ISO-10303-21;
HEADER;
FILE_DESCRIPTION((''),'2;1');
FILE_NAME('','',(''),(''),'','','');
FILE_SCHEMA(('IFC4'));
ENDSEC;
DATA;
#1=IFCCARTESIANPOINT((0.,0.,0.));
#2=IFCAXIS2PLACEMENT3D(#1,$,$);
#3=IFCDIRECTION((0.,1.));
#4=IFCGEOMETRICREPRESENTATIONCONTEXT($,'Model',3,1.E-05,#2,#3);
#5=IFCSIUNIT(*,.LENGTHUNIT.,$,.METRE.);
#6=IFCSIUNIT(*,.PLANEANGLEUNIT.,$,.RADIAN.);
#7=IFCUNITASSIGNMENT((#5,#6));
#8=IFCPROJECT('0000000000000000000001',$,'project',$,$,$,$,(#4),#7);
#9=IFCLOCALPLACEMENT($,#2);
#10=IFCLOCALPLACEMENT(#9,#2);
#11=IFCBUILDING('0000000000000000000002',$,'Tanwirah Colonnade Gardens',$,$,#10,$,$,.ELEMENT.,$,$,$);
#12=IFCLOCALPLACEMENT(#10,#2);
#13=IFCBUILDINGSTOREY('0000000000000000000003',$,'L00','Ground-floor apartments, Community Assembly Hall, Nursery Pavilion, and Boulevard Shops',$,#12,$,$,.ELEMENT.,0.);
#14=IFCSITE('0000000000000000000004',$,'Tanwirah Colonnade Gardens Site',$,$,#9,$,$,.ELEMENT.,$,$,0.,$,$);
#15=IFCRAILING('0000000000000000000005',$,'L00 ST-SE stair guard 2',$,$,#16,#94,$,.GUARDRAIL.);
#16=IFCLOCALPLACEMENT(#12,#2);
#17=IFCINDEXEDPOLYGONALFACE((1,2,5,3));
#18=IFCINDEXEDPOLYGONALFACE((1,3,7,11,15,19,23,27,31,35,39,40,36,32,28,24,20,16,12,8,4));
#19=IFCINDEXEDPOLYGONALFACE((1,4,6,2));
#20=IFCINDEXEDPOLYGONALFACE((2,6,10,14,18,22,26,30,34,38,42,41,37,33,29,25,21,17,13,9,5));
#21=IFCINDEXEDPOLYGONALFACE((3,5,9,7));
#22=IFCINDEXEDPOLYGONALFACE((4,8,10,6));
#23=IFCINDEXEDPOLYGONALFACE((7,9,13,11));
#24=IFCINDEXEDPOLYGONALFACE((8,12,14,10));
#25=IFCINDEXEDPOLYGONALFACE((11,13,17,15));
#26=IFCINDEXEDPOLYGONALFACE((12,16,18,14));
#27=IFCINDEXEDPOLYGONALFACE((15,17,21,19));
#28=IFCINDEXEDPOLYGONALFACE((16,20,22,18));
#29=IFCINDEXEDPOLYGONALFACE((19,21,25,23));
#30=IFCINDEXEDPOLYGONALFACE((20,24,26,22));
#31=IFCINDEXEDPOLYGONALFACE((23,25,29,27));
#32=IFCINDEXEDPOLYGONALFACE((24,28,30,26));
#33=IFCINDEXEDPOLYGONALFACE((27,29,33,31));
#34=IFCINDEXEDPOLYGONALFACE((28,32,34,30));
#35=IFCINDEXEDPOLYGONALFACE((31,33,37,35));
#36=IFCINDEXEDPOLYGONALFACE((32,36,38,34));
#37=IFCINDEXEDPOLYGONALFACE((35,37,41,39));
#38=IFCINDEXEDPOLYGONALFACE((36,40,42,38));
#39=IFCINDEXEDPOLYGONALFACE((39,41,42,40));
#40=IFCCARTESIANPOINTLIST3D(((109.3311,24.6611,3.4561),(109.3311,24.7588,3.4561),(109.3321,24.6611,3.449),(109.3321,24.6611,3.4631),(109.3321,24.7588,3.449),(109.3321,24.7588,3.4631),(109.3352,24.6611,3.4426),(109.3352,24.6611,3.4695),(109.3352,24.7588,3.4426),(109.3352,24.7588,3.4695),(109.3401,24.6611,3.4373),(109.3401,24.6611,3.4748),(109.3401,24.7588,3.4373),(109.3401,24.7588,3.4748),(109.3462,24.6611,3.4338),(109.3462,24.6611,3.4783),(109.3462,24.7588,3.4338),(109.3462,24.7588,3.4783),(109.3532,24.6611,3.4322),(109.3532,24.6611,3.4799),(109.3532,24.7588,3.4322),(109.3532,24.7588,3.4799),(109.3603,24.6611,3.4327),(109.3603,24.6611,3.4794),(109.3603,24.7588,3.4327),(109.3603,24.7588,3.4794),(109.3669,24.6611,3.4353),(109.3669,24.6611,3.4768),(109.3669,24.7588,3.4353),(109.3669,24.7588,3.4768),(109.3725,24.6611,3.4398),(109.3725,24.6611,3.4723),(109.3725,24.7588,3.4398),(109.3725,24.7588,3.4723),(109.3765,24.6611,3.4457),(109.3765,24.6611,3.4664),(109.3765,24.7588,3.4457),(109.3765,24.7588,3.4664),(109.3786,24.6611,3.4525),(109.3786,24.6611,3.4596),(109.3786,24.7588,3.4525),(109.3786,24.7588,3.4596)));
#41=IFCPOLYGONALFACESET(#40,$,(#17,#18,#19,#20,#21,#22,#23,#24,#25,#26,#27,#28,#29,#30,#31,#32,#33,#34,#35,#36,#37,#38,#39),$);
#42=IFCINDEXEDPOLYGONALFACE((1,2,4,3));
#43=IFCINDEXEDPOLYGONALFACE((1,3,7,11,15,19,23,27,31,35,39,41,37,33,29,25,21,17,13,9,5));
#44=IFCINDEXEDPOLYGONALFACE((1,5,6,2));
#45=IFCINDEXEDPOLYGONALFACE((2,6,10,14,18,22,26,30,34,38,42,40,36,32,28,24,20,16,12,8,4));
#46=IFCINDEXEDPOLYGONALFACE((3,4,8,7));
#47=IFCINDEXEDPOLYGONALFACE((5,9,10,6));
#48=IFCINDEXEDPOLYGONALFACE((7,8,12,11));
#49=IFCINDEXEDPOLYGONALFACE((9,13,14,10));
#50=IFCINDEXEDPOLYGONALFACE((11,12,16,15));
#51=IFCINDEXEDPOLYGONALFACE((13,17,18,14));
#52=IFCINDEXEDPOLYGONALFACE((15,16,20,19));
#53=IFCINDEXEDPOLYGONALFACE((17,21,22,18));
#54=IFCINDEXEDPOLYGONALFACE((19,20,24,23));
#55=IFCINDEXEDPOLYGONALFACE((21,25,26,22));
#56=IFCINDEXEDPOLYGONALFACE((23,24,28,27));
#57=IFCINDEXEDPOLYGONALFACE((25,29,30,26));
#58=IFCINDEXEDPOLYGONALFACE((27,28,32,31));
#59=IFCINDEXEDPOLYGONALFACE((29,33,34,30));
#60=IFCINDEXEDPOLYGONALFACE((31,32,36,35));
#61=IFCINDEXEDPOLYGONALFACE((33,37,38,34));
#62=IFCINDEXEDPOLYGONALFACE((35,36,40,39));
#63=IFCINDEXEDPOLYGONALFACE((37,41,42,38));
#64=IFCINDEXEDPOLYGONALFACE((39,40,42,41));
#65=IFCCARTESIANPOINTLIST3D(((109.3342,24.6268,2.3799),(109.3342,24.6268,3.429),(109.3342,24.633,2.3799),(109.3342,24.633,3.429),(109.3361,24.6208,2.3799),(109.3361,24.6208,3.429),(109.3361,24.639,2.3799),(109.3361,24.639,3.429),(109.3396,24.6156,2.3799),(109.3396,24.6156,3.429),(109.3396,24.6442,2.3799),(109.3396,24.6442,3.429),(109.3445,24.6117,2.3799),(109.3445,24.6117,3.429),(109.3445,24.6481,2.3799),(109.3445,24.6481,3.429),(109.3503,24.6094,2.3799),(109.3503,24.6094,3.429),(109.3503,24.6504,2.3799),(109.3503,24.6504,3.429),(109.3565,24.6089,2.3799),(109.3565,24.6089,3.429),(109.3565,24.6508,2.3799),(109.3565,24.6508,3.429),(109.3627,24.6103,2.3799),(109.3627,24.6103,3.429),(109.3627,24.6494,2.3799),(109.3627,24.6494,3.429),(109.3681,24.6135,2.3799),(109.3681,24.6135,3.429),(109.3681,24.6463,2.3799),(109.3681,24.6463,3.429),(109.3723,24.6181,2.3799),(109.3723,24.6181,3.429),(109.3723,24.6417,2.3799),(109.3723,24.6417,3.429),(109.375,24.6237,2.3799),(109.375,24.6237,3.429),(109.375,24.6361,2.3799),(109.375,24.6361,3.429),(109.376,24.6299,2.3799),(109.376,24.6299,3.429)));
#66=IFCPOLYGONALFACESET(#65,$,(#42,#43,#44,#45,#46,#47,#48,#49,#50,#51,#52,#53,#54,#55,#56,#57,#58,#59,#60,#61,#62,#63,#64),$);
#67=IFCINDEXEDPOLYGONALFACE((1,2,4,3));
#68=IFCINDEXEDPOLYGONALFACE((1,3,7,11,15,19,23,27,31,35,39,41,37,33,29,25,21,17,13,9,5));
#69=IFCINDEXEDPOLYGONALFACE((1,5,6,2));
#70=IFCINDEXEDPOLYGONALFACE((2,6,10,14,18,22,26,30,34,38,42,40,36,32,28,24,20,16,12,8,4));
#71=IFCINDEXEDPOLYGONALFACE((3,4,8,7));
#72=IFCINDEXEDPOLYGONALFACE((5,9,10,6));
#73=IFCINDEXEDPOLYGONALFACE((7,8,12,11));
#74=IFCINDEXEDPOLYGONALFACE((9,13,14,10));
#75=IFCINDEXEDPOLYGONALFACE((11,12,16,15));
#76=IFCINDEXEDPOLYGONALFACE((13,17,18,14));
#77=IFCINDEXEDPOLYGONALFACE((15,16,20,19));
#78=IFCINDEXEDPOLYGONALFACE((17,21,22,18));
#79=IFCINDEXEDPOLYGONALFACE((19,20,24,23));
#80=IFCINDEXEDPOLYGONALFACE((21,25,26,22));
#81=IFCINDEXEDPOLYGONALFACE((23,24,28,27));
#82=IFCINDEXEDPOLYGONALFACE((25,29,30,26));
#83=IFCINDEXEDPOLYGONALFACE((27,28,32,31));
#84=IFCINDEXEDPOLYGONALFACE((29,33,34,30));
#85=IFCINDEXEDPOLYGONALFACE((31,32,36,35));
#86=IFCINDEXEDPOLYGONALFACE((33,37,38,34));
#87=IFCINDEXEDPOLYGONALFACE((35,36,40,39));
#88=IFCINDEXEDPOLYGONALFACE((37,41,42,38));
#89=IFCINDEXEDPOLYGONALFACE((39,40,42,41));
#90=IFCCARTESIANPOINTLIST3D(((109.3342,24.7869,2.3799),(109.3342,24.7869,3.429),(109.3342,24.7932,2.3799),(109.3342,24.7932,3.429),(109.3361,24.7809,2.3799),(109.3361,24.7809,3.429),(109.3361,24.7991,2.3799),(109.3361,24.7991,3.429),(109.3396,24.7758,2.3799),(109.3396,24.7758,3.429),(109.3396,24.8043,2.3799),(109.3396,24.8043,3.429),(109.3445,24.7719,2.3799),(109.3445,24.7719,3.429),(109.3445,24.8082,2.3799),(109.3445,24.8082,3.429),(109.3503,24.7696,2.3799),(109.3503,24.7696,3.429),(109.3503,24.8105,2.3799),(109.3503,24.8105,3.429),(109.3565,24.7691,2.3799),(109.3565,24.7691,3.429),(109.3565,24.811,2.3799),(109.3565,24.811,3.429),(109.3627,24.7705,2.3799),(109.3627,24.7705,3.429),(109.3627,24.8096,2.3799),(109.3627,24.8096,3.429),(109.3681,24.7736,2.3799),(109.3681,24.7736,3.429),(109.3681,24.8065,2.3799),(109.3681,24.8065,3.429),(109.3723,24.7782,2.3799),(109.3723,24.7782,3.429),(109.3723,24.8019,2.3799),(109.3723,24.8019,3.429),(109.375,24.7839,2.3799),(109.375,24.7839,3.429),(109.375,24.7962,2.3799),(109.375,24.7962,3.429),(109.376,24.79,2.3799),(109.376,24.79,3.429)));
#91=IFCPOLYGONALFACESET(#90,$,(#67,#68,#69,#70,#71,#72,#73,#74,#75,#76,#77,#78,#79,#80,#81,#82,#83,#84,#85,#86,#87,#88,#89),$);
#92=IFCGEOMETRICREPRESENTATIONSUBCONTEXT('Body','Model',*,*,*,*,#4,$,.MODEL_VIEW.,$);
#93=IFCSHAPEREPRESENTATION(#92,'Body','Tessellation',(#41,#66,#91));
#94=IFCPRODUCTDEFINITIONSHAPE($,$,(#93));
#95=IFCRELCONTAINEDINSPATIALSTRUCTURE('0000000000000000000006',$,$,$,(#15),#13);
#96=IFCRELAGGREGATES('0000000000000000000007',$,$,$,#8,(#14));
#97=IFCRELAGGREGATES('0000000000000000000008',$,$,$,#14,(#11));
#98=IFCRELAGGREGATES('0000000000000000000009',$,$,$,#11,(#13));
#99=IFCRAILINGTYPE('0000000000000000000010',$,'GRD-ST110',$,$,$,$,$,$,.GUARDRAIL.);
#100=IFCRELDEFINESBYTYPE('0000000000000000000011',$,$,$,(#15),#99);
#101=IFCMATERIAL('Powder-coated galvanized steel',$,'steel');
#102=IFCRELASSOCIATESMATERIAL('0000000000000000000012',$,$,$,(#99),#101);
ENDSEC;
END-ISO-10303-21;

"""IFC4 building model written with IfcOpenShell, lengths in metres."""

from ifc_helpers import new_model, si_unit, direction, frame, origin, origin_2d, place, context, subcontext, project, spatial, circle, extrude, material, type_object, element, save


model = new_model("IFC4")

# Units and contexts
model_context = context("Model", 3, precision=1e-05, world=origin(), true_north=direction((0.0, 1.0)))
body_context = subcontext(model_context, "Body", "Model", "MODEL_VIEW")
ifc_project = project(units=[si_unit("LENGTHUNIT", "METRE"), si_unit("PLANEANGLEUNIT", "RADIAN")], contexts=[model_context])

# Site, building, storey
site_placement = place(None, origin())
site = spatial("IfcSite", under=ifc_project, at=site_placement, Name="Tanwirah Colonnade Gardens Site", CompositionType="ELEMENT", RefElevation=0.0)
building_placement = place(site_placement, origin())
building = spatial("IfcBuilding", under=site, at=building_placement, Name="Tanwirah Colonnade Gardens", CompositionType="ELEMENT")
storey_placement = place(building_placement, origin())
storey = spatial("IfcBuildingStorey", under=building, at=storey_placement, Name="L00", Description="Ground-floor apartments, Community Assembly Hall, Nursery Pavilion, and Boulevard Shops", CompositionType="ELEMENT", Elevation=0.0)

# Railing
ifc_material_1 = material(Name="Powder-coated galvanized steel", Category="steel")
railing_type_1 = type_object("IfcRailingType", Name="GRD-ST110", PredefinedType="GUARDRAIL", material=ifc_material_1)
railing_1_placement = place(storey_placement, frame((109.355, 24.6299, 2.3799)))
element("IfcRailing", 1, at=railing_1_placement, inside=storey, type_object=railing_type_1, Name="L00 ST-SE stair guard 2", PredefinedType="GUARDRAIL", context=body_context, shape_type="SweptSolid", body=[
    extrude(circle(Radius=0.0239, at=origin_2d()), frame((0.0, 0.0312, 1.0762), z_axis=(0.0, 1.0, 0.0), x_axis=(-1.0, 0.0, 0.0)), (0.0, 0.0, 1.0), 0.0977),
    extrude(circle(Radius=0.021, at=origin_2d()), origin(), (0.0, 0.0, 1.0), 1.0491),
    extrude(circle(Radius=0.021, at=origin_2d()), frame((0.0, 0.1602, 0.0)), (0.0, 0.0, 1.0), 1.0491),
])

save(model, "model.ifc")
